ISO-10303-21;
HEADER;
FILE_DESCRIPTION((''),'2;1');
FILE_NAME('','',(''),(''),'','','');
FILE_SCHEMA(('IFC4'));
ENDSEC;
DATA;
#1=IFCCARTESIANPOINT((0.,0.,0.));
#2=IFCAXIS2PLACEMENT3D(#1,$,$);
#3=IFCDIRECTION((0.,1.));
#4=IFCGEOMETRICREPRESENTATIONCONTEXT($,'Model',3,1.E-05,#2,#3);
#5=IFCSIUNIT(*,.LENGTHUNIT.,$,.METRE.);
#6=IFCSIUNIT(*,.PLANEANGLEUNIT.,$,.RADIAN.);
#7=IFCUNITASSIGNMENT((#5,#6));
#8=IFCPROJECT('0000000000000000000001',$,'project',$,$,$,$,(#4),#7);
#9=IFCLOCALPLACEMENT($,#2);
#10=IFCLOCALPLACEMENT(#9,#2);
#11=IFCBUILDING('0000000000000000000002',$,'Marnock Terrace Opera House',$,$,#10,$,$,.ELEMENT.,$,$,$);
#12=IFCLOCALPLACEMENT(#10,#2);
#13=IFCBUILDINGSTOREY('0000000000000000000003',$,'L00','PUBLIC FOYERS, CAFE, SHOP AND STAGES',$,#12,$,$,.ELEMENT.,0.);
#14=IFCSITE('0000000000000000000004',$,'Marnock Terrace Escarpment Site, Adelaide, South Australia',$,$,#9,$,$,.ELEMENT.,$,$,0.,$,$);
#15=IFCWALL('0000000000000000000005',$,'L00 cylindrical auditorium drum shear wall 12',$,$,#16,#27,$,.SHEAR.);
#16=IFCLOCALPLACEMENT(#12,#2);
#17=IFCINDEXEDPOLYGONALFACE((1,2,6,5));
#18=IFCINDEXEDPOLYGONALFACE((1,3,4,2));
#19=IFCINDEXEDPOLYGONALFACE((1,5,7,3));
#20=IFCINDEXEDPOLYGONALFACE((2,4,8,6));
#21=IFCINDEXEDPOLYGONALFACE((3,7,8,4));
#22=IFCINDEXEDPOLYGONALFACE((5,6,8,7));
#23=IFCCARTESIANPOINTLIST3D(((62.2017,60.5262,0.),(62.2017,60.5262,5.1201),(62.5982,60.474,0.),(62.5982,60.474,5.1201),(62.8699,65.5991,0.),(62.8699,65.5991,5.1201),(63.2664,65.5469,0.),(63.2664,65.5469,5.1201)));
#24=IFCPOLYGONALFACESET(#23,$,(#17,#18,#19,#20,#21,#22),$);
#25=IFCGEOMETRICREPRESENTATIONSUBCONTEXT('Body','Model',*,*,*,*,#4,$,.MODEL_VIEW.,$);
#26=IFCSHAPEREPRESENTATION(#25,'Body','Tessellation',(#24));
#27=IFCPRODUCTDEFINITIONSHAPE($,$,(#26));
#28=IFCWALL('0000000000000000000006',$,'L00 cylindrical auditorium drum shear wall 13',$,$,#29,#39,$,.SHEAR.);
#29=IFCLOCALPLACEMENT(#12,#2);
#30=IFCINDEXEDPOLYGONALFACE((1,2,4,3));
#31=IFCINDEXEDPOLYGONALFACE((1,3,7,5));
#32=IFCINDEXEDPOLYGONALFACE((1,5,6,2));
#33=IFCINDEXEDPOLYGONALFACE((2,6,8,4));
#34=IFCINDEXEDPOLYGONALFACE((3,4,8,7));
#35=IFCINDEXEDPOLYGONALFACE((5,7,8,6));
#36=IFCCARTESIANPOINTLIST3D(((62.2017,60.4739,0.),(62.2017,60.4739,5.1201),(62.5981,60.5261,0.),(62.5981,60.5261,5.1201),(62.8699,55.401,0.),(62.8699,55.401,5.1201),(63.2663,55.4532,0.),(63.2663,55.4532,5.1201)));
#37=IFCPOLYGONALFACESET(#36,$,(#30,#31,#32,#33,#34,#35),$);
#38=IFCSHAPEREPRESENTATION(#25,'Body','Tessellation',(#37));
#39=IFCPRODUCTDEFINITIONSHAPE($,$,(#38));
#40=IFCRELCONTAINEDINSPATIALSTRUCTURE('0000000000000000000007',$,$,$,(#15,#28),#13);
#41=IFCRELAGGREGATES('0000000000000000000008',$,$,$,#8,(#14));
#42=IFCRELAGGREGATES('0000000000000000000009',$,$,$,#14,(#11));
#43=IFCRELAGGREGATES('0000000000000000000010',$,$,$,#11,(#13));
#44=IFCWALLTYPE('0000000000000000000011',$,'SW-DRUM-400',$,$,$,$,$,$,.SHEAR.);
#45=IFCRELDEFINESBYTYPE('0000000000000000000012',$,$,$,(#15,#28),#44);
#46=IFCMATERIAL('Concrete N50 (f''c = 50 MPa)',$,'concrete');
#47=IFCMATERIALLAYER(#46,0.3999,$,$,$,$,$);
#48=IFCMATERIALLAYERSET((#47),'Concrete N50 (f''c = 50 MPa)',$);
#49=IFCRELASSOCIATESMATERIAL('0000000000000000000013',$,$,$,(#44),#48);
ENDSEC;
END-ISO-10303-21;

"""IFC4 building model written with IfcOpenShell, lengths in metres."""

from ifc_helpers import new_model, si_unit, direction, frame, frame_2d, origin, place, context, subcontext, project, spatial, rectangle, extrude, material, layer, layer_set, type_object, element, save


model = new_model("IFC4")

# Units and contexts
model_context = context("Model", 3, precision=1e-05, world=origin(), true_north=direction((0.0, 1.0)))
body_context = subcontext(model_context, "Body", "Model", "MODEL_VIEW")
ifc_project = project(units=[si_unit("LENGTHUNIT", "METRE"), si_unit("PLANEANGLEUNIT", "RADIAN")], contexts=[model_context])

# Site, building, storey
site_placement = place(None, origin())
site = spatial("IfcSite", under=ifc_project, at=site_placement, Name="Marnock Terrace Escarpment Site, Adelaide, South Australia", CompositionType="ELEMENT", RefElevation=0.0)
building_placement = place(site_placement, origin())
building = spatial("IfcBuilding", under=site, at=building_placement, Name="Marnock Terrace Opera House", CompositionType="ELEMENT")
storey_placement = place(building_placement, origin())
storey = spatial("IfcBuildingStorey", under=building, at=storey_placement, Name="L00", Description="PUBLIC FOYERS, CAFE, SHOP AND STAGES", CompositionType="ELEMENT", Elevation=0.0)

# Shared definitions
ifc_material_1 = material(Name="Concrete N50 (f'c = 50 MPa)", Category="concrete")

# Walls
ifc_layer_1 = layer(ifc_material_1, 0.3999)
ifc_layer_set_1 = layer_set([ifc_layer_1], Name="Concrete N50 (f'c = 50 MPa)")
wall_type_1 = type_object("IfcWallType", Name="SW-DRUM-400", PredefinedType="SHEAR", material=ifc_layer_set_1)
for number, where, z_axis, x_axis, name in (
    (1, (63.0681, 65.573, 0.0), (0.0, 0.0, 1.0), (-0.130592, -0.991436, 0.0), "L00 cylindrical auditorium drum shear wall 12"),
    (2, (62.3999, 60.5, 0.0), (0.0, 0.0, 1.0), (0.130592, -0.991436, 0.0), "L00 cylindrical auditorium drum shear wall 13"),
):
    element("IfcWall", number, at=place(storey_placement, frame(where, z_axis=z_axis, x_axis=x_axis)), inside=storey, type_object=wall_type_1, Name=name, PredefinedType="SHEAR", context=body_context, shape_type="SweptSolid", body=[
        extrude(rectangle(XDim=5.1167, YDim=0.3999, at=frame_2d((2.5583, 0.0))), origin(), (0.0, 0.0, 1.0), 5.1201),
    ])

save(model, "model.ifc")
